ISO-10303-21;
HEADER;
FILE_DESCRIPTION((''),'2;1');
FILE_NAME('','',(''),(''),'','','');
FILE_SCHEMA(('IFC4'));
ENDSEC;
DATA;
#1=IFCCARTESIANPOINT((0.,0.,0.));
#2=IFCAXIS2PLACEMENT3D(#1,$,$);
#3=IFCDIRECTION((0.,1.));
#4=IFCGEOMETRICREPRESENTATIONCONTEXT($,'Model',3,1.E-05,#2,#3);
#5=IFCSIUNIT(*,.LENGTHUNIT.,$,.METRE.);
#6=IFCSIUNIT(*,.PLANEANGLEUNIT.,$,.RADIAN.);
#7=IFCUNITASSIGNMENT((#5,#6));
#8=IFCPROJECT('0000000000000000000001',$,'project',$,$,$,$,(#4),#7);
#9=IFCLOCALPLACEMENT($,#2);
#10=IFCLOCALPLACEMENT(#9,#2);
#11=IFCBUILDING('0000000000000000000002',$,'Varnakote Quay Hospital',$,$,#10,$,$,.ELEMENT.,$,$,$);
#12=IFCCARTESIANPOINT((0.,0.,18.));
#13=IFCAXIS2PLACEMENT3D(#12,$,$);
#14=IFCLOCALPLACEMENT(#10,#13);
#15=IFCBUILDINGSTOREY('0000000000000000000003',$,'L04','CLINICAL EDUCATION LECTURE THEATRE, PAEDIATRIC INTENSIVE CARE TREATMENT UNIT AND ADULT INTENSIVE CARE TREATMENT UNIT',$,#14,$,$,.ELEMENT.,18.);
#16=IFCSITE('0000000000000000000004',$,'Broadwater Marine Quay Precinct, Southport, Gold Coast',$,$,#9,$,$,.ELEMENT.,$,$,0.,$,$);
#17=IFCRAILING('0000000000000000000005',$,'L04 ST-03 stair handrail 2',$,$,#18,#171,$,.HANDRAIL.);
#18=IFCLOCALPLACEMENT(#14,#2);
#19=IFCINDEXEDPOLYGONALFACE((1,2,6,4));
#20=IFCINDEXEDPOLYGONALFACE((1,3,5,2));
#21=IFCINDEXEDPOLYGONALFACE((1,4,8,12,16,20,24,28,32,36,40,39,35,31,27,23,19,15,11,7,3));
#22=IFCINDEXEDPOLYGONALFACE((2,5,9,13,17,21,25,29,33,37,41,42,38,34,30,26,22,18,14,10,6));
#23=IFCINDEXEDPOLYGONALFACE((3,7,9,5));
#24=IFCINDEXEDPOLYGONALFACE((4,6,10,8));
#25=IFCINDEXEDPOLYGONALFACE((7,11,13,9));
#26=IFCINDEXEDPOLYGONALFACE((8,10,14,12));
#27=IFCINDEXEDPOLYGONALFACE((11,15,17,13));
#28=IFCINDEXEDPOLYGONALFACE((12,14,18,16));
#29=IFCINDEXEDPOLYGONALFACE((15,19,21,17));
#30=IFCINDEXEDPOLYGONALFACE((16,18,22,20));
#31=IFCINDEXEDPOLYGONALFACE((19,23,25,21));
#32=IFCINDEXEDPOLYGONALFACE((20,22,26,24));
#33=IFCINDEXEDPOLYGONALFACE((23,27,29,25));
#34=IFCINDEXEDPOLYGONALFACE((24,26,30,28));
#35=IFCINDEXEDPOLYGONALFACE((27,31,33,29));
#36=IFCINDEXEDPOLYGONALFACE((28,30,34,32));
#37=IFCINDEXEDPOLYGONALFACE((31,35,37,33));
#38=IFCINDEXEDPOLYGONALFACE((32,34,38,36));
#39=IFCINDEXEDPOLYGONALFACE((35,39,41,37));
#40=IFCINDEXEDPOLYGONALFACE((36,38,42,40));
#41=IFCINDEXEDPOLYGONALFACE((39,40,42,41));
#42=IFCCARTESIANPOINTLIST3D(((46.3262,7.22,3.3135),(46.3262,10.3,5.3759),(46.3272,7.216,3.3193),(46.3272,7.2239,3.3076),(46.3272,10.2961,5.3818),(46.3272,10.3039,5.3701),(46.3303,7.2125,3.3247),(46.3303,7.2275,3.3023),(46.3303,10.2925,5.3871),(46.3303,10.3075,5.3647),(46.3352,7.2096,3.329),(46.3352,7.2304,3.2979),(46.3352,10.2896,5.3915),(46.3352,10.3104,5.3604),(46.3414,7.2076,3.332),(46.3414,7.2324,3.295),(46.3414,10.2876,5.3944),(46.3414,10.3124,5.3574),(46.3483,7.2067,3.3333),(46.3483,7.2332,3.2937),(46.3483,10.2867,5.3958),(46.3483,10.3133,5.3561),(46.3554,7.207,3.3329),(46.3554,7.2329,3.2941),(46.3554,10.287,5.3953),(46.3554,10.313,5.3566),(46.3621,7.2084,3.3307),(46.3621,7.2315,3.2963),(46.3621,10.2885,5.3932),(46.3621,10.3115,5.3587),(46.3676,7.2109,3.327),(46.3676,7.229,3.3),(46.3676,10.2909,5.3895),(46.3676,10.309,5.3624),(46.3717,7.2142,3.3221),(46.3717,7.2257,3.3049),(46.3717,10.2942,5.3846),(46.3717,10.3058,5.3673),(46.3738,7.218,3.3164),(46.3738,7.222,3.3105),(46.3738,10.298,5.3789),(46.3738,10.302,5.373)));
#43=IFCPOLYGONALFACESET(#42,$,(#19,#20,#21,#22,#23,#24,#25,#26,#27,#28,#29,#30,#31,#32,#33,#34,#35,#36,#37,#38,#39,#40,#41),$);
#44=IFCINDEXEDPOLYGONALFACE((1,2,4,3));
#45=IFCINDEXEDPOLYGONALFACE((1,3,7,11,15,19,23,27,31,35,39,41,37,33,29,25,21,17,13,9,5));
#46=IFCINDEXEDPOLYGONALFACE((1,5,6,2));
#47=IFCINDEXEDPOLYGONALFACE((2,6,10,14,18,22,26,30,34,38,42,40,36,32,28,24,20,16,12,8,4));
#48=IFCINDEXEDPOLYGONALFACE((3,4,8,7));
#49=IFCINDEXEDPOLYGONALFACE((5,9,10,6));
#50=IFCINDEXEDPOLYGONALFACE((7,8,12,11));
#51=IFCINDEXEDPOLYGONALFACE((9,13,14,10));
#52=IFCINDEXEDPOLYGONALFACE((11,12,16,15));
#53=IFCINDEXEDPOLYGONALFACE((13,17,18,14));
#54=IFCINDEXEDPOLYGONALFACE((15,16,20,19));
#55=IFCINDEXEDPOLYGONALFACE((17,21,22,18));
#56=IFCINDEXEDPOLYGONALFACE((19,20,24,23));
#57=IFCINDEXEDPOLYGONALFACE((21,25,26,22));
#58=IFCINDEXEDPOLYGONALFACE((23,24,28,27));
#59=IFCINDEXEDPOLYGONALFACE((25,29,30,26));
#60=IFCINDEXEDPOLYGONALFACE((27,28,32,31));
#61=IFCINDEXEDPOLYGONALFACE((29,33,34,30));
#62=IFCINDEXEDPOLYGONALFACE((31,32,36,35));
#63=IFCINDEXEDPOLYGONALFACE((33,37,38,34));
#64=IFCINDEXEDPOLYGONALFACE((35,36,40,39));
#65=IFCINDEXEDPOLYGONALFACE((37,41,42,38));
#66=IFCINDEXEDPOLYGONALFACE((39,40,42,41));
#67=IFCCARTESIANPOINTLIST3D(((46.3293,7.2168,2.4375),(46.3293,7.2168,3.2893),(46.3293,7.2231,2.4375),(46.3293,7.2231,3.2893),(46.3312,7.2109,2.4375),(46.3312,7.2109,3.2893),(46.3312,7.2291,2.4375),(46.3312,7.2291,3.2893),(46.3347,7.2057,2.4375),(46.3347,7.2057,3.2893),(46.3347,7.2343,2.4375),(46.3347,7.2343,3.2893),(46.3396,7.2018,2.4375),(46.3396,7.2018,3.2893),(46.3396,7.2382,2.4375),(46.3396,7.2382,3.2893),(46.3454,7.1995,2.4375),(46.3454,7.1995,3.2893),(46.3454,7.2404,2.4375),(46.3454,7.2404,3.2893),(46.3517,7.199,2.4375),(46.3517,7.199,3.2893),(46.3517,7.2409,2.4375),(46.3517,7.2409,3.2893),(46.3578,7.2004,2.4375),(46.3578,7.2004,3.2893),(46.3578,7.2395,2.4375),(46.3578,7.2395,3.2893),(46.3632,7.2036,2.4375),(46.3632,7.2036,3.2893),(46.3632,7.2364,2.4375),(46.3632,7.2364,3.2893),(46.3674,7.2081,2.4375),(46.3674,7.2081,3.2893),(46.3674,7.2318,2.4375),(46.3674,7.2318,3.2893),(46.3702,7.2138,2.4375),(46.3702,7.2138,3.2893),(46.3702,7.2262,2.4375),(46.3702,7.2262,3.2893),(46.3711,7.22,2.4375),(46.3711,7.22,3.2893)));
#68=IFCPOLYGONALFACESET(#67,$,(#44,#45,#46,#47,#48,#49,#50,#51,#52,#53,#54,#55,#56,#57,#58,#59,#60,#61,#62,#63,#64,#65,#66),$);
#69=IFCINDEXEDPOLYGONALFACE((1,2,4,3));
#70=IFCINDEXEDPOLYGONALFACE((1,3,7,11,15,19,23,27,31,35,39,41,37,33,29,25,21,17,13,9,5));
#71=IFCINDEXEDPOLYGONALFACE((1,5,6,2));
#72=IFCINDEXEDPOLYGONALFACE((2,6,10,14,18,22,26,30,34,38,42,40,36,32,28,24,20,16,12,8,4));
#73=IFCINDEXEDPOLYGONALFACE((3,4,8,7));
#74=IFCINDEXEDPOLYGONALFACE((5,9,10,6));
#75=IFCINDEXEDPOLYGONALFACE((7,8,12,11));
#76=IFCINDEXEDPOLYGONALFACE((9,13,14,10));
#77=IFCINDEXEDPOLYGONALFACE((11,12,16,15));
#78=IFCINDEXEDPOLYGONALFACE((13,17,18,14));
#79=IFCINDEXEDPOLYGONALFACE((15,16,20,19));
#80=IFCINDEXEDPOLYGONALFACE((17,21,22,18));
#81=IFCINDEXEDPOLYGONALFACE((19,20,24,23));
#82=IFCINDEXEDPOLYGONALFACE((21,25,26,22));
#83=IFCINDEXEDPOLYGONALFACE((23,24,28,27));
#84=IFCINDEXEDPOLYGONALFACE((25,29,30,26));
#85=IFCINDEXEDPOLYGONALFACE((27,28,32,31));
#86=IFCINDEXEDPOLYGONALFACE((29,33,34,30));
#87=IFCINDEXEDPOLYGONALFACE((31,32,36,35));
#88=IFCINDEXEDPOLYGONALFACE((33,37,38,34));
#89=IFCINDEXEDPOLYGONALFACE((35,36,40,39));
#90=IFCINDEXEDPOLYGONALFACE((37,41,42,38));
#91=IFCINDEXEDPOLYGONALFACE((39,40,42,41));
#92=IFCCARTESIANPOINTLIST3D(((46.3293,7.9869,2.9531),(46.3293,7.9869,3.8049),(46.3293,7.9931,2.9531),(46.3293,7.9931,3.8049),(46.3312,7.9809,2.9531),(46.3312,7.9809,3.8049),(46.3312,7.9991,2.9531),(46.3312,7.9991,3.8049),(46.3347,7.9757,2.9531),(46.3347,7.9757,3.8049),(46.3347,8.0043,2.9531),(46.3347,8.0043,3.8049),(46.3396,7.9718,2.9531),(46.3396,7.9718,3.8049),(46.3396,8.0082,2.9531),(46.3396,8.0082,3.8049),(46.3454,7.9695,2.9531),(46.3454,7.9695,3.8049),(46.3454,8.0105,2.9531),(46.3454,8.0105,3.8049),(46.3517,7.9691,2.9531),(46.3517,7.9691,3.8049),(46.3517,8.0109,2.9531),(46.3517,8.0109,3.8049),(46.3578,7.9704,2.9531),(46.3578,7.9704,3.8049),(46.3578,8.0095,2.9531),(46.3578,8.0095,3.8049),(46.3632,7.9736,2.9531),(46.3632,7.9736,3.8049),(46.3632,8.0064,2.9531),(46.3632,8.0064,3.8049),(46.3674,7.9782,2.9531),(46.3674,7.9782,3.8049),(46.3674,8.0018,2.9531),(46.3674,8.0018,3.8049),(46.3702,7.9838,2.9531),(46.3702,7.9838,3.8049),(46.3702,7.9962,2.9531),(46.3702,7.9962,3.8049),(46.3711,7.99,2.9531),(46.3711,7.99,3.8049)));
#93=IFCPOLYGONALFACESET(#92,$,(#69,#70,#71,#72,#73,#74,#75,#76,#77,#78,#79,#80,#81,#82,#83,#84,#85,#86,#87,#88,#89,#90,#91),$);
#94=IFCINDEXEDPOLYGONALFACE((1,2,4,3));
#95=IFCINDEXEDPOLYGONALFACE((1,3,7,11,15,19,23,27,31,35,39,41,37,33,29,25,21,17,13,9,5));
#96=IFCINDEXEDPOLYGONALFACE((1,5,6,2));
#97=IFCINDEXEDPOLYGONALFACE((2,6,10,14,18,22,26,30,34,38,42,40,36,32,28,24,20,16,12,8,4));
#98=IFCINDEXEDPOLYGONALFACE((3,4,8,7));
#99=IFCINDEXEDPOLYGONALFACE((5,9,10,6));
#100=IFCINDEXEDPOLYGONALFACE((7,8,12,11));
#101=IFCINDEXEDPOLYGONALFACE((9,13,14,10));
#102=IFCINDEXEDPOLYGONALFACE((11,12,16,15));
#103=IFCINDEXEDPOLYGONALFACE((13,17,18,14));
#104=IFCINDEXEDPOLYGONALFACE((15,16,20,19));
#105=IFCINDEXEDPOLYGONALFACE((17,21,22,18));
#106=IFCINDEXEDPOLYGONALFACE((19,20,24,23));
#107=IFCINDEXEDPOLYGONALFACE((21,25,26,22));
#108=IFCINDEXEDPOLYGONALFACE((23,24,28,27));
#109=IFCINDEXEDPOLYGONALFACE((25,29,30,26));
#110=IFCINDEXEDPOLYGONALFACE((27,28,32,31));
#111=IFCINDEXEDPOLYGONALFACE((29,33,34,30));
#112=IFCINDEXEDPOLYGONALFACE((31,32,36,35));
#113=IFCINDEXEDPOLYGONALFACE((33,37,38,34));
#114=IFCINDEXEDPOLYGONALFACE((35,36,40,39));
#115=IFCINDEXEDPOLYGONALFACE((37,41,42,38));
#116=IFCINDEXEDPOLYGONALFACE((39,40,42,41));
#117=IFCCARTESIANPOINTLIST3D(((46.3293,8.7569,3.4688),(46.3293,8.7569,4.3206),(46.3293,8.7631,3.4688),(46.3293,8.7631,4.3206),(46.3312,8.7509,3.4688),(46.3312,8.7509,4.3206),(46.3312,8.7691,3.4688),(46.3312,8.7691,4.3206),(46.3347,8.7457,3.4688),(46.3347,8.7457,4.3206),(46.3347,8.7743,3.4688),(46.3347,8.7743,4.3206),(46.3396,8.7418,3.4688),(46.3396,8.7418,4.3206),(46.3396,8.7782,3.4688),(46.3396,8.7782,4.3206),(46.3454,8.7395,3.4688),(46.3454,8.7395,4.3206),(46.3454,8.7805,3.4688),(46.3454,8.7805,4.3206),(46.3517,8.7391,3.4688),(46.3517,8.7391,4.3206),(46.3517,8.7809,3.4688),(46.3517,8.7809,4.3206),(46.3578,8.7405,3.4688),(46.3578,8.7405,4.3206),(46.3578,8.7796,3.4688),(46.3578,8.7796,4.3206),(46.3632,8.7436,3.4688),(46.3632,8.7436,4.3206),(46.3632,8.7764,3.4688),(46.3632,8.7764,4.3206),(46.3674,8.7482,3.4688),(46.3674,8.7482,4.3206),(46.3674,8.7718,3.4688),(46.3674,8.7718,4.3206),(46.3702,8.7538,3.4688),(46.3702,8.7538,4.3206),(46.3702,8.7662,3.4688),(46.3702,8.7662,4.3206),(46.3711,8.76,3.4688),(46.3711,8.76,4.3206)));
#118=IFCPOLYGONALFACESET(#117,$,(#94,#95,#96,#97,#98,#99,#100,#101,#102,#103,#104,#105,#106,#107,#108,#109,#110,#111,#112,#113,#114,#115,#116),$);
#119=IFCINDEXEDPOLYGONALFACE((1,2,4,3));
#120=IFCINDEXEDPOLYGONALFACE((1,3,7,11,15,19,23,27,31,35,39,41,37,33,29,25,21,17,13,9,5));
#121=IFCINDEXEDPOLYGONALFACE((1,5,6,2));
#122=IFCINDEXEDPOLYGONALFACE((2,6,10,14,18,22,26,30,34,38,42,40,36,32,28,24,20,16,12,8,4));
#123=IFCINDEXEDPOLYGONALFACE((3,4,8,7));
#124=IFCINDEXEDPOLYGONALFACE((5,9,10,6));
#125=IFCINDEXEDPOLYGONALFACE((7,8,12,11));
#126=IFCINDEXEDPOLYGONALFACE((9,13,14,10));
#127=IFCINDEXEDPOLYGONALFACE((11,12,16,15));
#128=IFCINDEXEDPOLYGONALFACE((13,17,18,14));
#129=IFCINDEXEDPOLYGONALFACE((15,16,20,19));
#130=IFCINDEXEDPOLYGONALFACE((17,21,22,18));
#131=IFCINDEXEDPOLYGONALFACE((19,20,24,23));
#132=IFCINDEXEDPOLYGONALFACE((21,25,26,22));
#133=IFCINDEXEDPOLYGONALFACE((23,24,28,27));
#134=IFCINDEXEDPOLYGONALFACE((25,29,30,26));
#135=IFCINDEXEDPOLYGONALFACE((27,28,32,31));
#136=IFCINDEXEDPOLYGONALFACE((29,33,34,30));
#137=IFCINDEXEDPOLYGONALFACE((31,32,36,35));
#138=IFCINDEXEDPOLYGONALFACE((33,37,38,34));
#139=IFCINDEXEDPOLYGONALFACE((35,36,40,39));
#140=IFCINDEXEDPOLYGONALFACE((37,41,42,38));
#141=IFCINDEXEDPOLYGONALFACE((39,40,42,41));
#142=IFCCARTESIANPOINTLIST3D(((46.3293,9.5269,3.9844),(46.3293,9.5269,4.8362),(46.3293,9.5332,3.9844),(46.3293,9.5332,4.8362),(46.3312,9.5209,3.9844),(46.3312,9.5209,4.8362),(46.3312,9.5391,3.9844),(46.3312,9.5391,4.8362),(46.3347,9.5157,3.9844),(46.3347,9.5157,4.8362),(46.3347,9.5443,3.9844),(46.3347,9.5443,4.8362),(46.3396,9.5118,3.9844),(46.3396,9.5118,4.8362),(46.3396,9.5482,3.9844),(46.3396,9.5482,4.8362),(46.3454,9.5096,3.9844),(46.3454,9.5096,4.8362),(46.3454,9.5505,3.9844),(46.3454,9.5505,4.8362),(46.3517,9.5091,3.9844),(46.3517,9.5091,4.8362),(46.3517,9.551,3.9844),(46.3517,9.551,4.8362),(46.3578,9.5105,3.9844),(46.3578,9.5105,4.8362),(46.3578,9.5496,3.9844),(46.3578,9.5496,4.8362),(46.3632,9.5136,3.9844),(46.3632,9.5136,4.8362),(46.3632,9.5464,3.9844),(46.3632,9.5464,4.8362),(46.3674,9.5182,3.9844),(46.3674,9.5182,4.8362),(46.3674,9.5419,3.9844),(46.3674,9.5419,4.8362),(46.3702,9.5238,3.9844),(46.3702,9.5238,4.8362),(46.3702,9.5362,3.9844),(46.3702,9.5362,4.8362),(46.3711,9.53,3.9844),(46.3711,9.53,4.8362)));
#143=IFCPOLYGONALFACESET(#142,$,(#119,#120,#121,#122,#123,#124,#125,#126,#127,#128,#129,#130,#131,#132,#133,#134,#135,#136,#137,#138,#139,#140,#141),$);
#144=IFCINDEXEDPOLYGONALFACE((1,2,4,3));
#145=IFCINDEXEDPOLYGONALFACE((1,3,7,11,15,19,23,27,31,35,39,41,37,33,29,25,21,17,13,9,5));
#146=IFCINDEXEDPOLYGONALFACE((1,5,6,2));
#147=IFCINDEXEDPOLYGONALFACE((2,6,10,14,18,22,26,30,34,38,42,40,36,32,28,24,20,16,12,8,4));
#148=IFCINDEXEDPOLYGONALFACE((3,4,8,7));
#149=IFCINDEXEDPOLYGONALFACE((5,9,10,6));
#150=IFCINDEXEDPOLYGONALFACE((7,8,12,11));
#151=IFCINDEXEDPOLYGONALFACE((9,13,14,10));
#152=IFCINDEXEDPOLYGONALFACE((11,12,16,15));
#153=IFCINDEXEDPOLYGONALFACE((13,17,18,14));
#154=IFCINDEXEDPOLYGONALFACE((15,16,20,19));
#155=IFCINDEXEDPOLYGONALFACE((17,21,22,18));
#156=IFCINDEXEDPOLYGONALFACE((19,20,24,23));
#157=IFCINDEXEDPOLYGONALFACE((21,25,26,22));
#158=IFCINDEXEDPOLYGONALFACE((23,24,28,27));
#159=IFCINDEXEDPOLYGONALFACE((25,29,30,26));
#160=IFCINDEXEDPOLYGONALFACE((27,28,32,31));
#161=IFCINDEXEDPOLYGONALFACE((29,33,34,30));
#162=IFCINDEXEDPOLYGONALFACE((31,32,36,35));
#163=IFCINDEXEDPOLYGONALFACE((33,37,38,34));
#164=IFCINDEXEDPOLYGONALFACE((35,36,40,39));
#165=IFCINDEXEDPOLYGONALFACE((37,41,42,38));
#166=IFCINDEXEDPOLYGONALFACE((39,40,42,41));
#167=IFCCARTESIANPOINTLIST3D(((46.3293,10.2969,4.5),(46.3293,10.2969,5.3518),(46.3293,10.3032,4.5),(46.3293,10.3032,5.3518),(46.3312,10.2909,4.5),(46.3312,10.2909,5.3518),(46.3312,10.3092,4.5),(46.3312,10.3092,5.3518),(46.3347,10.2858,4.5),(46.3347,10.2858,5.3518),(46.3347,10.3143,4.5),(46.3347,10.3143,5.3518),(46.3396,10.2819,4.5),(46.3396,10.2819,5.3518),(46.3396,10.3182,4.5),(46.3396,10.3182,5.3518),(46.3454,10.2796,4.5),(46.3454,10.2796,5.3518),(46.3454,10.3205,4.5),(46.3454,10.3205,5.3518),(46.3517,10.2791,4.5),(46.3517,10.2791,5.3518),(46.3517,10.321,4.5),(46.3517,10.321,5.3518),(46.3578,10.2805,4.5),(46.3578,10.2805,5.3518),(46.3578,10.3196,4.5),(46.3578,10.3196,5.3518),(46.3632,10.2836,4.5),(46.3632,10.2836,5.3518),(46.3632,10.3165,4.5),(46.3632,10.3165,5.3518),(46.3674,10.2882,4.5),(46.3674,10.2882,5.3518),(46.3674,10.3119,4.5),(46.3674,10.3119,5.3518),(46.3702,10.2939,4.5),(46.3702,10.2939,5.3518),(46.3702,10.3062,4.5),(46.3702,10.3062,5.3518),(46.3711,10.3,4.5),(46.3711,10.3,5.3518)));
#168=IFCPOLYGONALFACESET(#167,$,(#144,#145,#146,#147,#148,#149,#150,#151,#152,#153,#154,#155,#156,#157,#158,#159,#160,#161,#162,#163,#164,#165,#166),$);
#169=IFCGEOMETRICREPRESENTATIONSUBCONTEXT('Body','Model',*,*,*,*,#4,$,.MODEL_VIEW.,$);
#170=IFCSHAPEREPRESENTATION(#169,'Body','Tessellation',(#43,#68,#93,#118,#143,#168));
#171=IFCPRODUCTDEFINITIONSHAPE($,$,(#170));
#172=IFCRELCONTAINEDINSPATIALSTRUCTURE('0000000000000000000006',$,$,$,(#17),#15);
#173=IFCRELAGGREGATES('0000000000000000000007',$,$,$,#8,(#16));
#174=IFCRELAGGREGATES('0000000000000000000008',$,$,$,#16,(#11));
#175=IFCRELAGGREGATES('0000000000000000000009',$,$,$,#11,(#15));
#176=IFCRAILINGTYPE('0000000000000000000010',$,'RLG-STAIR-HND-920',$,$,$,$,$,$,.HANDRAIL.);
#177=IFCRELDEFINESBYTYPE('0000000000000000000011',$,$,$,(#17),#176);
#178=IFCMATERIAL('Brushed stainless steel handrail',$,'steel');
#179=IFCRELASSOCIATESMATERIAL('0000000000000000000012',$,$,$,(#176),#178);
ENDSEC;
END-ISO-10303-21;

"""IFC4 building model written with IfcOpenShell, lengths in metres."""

from ifc_helpers import new_model, si_unit, direction, frame, origin, origin_2d, place, context, subcontext, project, spatial, circle, extrude, material, type_object, element, save


model = new_model("IFC4")

# Units and contexts
model_context = context("Model", 3, precision=1e-05, world=origin(), true_north=direction((0.0, 1.0)))
body_context = subcontext(model_context, "Body", "Model", "MODEL_VIEW")
ifc_project = project(units=[si_unit("LENGTHUNIT", "METRE"), si_unit("PLANEANGLEUNIT", "RADIAN")], contexts=[model_context])

# Site, building, storey
site_placement = place(None, origin())
site = spatial("IfcSite", under=ifc_project, at=site_placement, Name="Broadwater Marine Quay Precinct, Southport, Gold Coast", CompositionType="ELEMENT", RefElevation=0.0)
building_placement = place(site_placement, origin())
building = spatial("IfcBuilding", under=site, at=building_placement, Name="Varnakote Quay Hospital", CompositionType="ELEMENT")
storey_placement = place(building_placement, frame((0.0, 0.0, 18.0)))
storey = spatial("IfcBuildingStorey", under=building, at=storey_placement, Name="L04", Description="CLINICAL EDUCATION LECTURE THEATRE, PAEDIATRIC INTENSIVE CARE TREATMENT UNIT AND ADULT INTENSIVE CARE TREATMENT UNIT", CompositionType="ELEMENT", Elevation=18.0)

# Railing
ifc_material_1 = material(Name="Brushed stainless steel handrail", Category="steel")
railing_type_1 = type_object("IfcRailingType", Name="RLG-STAIR-HND-920", PredefinedType="HANDRAIL", material=ifc_material_1)
railing_1_placement = place(storey_placement, frame((46.3501, 7.22, 2.4375)))
element("IfcRailing", 1, at=railing_1_placement, inside=storey, type_object=railing_type_1, Name="L04 ST-03 stair handrail 2", PredefinedType="HANDRAIL", context=body_context, shape_type="SweptSolid", body=[
    extrude(circle(Radius=0.0239, at=origin_2d()), frame((0.0, 0.0, 0.876), z_axis=(0.0, 0.830914, 0.556401), x_axis=(-1.0, 0.0, 0.0)), (0.0, 0.0, 1.0), 3.7068),
    extrude(circle(Radius=0.021, at=origin_2d()), origin(), (0.0, 0.0, 1.0), 0.8518),
    extrude(circle(Radius=0.021, at=origin_2d()), frame((0.0, 0.77, 0.5156)), (0.0, 0.0, 1.0), 0.8518),
    extrude(circle(Radius=0.021, at=origin_2d()), frame((0.0, 1.54, 1.0312)), (0.0, 0.0, 1.0), 0.8518),
    extrude(circle(Radius=0.021, at=origin_2d()), frame((0.0, 2.3101, 1.5469)), (0.0, 0.0, 1.0), 0.8518),
    extrude(circle(Radius=0.021, at=origin_2d()), frame((0.0, 3.0801, 2.0625)), (0.0, 0.0, 1.0), 0.8518),
])

save(model, "model.ifc")
